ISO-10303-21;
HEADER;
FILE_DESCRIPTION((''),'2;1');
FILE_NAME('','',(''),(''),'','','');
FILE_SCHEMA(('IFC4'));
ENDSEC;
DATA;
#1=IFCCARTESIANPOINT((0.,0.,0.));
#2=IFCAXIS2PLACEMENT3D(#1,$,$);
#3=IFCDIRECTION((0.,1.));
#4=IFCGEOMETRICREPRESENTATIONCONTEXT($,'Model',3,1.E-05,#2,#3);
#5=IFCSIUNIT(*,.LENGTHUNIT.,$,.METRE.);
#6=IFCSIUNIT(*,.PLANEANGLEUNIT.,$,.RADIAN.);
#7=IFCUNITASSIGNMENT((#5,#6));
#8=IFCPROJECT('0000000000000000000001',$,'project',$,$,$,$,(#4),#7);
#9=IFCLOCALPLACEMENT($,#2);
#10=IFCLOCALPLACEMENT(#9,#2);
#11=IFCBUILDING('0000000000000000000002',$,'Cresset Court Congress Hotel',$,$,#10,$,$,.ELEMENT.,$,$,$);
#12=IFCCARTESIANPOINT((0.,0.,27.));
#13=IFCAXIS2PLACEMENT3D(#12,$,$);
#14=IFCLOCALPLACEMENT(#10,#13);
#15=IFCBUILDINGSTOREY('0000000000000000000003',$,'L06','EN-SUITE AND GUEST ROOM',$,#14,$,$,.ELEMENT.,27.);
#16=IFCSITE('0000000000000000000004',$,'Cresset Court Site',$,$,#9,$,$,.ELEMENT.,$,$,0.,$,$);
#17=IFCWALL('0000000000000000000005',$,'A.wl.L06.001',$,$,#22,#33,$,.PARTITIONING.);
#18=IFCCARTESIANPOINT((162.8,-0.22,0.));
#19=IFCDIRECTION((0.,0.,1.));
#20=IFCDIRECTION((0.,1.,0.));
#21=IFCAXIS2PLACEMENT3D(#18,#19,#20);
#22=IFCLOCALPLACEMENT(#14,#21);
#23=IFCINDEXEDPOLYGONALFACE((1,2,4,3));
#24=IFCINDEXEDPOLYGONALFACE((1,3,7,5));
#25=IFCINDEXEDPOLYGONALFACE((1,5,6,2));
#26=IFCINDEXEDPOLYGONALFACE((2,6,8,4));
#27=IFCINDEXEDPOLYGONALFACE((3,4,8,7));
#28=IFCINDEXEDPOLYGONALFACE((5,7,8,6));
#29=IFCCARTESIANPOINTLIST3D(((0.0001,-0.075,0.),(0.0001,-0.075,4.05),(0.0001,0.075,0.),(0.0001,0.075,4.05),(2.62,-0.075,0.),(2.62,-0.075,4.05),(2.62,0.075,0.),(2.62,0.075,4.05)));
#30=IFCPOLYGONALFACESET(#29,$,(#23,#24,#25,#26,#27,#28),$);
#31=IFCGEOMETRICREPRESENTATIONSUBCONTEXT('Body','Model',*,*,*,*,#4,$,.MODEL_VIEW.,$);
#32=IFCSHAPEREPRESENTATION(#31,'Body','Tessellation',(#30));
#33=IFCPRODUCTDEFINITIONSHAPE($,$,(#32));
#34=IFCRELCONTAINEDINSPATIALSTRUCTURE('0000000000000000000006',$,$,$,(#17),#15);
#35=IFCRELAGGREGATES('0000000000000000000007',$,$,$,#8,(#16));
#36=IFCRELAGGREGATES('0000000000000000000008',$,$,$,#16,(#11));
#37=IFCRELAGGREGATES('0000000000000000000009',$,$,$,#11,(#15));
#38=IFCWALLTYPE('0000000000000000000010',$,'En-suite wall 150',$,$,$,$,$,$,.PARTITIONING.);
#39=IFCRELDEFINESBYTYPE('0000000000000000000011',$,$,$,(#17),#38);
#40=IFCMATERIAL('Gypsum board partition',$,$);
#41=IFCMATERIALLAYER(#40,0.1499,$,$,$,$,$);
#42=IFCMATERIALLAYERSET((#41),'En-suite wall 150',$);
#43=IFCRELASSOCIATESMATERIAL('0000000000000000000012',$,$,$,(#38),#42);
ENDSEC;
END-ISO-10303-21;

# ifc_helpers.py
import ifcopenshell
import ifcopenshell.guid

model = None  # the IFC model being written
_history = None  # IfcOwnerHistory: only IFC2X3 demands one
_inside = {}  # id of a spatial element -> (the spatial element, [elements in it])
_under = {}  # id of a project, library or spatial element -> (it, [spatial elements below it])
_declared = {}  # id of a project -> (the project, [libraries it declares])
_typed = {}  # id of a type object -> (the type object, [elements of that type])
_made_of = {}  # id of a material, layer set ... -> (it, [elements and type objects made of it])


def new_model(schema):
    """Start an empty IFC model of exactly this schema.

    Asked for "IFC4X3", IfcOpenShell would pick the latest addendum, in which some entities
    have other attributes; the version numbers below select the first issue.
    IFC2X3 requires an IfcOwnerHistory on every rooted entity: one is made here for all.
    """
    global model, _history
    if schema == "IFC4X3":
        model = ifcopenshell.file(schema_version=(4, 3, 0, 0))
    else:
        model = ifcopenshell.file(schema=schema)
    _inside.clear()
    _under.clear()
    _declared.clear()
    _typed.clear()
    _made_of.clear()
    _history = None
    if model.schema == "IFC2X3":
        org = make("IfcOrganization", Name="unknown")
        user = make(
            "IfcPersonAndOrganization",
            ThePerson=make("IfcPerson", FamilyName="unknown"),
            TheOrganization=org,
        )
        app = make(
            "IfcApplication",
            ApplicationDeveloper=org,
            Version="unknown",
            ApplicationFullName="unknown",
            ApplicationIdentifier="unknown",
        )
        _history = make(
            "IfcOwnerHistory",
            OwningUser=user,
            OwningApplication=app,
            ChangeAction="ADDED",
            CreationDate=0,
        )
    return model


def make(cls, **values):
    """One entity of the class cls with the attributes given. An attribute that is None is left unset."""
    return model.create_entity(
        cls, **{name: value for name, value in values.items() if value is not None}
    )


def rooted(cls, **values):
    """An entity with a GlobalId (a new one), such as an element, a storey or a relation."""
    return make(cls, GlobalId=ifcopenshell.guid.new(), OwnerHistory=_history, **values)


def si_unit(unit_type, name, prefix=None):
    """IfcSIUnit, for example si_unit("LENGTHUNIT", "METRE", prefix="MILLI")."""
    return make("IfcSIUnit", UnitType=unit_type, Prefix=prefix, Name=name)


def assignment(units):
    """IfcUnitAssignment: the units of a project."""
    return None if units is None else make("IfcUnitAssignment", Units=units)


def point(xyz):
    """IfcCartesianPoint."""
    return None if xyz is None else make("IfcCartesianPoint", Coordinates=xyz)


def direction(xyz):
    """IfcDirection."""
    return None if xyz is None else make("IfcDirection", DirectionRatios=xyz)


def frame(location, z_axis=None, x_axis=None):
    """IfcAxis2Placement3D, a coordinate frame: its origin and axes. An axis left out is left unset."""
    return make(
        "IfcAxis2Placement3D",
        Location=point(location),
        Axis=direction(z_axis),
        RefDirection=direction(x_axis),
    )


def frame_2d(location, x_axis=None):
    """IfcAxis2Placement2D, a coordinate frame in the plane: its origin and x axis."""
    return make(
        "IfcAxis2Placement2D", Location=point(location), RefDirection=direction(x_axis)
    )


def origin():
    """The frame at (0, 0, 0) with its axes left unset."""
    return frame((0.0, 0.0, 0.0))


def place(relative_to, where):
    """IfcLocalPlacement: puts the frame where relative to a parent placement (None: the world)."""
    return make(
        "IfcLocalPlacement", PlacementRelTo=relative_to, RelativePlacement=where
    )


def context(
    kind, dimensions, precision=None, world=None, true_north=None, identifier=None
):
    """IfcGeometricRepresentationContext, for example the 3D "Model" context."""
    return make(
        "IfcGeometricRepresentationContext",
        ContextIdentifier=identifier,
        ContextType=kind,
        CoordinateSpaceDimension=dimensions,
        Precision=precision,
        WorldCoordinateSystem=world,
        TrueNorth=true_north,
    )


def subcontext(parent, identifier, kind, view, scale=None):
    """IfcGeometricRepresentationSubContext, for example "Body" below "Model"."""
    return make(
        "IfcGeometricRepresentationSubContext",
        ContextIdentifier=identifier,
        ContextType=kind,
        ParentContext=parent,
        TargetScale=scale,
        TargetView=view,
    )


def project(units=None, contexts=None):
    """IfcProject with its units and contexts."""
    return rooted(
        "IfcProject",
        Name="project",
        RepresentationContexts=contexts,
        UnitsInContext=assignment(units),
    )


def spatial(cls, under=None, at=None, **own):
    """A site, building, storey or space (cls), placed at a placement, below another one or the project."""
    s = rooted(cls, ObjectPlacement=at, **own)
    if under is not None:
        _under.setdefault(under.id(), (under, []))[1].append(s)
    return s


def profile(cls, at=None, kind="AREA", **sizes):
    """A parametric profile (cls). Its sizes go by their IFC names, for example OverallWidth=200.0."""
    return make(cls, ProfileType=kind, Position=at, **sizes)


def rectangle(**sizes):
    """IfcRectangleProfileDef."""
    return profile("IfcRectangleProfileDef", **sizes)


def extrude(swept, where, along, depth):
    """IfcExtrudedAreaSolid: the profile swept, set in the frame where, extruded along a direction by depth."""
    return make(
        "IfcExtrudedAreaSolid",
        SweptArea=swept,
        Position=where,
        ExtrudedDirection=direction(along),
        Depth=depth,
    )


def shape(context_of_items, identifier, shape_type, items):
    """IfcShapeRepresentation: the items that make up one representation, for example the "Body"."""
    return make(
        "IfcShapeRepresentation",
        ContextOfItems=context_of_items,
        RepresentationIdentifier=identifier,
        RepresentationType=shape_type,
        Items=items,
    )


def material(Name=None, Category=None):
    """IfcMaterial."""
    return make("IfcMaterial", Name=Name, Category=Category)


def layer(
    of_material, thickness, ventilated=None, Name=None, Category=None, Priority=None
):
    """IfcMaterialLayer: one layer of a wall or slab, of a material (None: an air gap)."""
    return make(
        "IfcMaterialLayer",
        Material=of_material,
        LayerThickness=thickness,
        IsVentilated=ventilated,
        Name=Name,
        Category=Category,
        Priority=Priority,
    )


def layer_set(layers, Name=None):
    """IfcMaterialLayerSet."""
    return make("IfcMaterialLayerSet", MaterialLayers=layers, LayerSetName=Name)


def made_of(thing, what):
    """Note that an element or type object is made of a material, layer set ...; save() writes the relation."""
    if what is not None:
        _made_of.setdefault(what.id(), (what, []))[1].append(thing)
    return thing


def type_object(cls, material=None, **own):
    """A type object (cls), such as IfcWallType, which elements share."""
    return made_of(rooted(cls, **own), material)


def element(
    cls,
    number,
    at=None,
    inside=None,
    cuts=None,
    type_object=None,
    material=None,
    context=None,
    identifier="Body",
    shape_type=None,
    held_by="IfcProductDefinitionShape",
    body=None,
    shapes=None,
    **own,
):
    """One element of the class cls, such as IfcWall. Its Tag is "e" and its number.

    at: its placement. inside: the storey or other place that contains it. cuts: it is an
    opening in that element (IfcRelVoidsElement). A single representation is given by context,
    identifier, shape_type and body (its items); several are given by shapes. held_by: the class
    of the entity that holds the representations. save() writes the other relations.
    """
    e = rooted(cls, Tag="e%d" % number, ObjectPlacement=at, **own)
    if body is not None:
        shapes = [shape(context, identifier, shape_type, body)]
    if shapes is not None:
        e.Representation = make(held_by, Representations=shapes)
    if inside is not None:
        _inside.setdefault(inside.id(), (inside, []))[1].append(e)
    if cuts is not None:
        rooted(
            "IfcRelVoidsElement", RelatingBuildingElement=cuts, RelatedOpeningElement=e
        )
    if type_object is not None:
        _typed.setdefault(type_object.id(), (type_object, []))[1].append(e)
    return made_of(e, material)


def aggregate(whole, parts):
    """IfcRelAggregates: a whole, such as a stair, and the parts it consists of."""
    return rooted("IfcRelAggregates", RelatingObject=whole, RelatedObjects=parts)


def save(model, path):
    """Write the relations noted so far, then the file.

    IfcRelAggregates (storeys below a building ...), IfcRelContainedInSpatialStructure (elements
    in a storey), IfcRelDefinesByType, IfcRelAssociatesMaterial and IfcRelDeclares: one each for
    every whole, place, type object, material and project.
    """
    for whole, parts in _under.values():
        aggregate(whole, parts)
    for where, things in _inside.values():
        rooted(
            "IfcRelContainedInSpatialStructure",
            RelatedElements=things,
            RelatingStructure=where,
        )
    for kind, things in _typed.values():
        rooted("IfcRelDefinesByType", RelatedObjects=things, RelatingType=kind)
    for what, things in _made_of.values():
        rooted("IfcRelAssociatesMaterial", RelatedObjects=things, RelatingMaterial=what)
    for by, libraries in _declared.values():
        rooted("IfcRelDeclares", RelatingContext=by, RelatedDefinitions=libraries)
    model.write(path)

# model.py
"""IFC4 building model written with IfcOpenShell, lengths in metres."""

from ifc_helpers import new_model, si_unit, direction, frame, frame_2d, origin, place, context, subcontext, project, spatial, rectangle, extrude, material, layer, layer_set, type_object, element, save


model = new_model("IFC4")

# Units and contexts
model_context = context("Model", 3, precision=1e-05, world=origin(), true_north=direction((0.0, 1.0)))
body_context = subcontext(model_context, "Body", "Model", "MODEL_VIEW")
ifc_project = project(units=[si_unit("LENGTHUNIT", "METRE"), si_unit("PLANEANGLEUNIT", "RADIAN")], contexts=[model_context])

# Site, building, storey
site_placement = place(None, origin())
site = spatial("IfcSite", under=ifc_project, at=site_placement, Name="Cresset Court Site", CompositionType="ELEMENT", RefElevation=0.0)
building_placement = place(site_placement, origin())
building = spatial("IfcBuilding", under=site, at=building_placement, Name="Cresset Court Congress Hotel", CompositionType="ELEMENT")
storey_placement = place(building_placement, frame((0.0, 0.0, 27.0)))
storey = spatial("IfcBuildingStorey", under=building, at=storey_placement, Name="L06", Description="EN-SUITE AND GUEST ROOM", CompositionType="ELEMENT", Elevation=27.0)

# Wall
ifc_material_1 = material(Name="Gypsum board partition")
ifc_layer_1 = layer(ifc_material_1, 0.1499)
ifc_layer_set_1 = layer_set([ifc_layer_1], Name="En-suite wall 150")
wall_type_1 = type_object("IfcWallType", Name="En-suite wall 150", PredefinedType="PARTITIONING", material=ifc_layer_set_1)
wall_1_placement = place(storey_placement, frame((162.8, -0.22, 0.0), z_axis=(0.0, 0.0, 1.0), x_axis=(0.0, 1.0, 0.0)))
element("IfcWall", 1, at=wall_1_placement, inside=storey, type_object=wall_type_1, Name="A.wl.L06.001", PredefinedType="PARTITIONING", context=body_context, shape_type="SweptSolid", body=[
    extrude(rectangle(XDim=2.6199, YDim=0.1499, at=frame_2d((1.3101, 0.0))), origin(), (0.0, 0.0, 1.0), 4.05),
])

save(model, "model.ifc")
